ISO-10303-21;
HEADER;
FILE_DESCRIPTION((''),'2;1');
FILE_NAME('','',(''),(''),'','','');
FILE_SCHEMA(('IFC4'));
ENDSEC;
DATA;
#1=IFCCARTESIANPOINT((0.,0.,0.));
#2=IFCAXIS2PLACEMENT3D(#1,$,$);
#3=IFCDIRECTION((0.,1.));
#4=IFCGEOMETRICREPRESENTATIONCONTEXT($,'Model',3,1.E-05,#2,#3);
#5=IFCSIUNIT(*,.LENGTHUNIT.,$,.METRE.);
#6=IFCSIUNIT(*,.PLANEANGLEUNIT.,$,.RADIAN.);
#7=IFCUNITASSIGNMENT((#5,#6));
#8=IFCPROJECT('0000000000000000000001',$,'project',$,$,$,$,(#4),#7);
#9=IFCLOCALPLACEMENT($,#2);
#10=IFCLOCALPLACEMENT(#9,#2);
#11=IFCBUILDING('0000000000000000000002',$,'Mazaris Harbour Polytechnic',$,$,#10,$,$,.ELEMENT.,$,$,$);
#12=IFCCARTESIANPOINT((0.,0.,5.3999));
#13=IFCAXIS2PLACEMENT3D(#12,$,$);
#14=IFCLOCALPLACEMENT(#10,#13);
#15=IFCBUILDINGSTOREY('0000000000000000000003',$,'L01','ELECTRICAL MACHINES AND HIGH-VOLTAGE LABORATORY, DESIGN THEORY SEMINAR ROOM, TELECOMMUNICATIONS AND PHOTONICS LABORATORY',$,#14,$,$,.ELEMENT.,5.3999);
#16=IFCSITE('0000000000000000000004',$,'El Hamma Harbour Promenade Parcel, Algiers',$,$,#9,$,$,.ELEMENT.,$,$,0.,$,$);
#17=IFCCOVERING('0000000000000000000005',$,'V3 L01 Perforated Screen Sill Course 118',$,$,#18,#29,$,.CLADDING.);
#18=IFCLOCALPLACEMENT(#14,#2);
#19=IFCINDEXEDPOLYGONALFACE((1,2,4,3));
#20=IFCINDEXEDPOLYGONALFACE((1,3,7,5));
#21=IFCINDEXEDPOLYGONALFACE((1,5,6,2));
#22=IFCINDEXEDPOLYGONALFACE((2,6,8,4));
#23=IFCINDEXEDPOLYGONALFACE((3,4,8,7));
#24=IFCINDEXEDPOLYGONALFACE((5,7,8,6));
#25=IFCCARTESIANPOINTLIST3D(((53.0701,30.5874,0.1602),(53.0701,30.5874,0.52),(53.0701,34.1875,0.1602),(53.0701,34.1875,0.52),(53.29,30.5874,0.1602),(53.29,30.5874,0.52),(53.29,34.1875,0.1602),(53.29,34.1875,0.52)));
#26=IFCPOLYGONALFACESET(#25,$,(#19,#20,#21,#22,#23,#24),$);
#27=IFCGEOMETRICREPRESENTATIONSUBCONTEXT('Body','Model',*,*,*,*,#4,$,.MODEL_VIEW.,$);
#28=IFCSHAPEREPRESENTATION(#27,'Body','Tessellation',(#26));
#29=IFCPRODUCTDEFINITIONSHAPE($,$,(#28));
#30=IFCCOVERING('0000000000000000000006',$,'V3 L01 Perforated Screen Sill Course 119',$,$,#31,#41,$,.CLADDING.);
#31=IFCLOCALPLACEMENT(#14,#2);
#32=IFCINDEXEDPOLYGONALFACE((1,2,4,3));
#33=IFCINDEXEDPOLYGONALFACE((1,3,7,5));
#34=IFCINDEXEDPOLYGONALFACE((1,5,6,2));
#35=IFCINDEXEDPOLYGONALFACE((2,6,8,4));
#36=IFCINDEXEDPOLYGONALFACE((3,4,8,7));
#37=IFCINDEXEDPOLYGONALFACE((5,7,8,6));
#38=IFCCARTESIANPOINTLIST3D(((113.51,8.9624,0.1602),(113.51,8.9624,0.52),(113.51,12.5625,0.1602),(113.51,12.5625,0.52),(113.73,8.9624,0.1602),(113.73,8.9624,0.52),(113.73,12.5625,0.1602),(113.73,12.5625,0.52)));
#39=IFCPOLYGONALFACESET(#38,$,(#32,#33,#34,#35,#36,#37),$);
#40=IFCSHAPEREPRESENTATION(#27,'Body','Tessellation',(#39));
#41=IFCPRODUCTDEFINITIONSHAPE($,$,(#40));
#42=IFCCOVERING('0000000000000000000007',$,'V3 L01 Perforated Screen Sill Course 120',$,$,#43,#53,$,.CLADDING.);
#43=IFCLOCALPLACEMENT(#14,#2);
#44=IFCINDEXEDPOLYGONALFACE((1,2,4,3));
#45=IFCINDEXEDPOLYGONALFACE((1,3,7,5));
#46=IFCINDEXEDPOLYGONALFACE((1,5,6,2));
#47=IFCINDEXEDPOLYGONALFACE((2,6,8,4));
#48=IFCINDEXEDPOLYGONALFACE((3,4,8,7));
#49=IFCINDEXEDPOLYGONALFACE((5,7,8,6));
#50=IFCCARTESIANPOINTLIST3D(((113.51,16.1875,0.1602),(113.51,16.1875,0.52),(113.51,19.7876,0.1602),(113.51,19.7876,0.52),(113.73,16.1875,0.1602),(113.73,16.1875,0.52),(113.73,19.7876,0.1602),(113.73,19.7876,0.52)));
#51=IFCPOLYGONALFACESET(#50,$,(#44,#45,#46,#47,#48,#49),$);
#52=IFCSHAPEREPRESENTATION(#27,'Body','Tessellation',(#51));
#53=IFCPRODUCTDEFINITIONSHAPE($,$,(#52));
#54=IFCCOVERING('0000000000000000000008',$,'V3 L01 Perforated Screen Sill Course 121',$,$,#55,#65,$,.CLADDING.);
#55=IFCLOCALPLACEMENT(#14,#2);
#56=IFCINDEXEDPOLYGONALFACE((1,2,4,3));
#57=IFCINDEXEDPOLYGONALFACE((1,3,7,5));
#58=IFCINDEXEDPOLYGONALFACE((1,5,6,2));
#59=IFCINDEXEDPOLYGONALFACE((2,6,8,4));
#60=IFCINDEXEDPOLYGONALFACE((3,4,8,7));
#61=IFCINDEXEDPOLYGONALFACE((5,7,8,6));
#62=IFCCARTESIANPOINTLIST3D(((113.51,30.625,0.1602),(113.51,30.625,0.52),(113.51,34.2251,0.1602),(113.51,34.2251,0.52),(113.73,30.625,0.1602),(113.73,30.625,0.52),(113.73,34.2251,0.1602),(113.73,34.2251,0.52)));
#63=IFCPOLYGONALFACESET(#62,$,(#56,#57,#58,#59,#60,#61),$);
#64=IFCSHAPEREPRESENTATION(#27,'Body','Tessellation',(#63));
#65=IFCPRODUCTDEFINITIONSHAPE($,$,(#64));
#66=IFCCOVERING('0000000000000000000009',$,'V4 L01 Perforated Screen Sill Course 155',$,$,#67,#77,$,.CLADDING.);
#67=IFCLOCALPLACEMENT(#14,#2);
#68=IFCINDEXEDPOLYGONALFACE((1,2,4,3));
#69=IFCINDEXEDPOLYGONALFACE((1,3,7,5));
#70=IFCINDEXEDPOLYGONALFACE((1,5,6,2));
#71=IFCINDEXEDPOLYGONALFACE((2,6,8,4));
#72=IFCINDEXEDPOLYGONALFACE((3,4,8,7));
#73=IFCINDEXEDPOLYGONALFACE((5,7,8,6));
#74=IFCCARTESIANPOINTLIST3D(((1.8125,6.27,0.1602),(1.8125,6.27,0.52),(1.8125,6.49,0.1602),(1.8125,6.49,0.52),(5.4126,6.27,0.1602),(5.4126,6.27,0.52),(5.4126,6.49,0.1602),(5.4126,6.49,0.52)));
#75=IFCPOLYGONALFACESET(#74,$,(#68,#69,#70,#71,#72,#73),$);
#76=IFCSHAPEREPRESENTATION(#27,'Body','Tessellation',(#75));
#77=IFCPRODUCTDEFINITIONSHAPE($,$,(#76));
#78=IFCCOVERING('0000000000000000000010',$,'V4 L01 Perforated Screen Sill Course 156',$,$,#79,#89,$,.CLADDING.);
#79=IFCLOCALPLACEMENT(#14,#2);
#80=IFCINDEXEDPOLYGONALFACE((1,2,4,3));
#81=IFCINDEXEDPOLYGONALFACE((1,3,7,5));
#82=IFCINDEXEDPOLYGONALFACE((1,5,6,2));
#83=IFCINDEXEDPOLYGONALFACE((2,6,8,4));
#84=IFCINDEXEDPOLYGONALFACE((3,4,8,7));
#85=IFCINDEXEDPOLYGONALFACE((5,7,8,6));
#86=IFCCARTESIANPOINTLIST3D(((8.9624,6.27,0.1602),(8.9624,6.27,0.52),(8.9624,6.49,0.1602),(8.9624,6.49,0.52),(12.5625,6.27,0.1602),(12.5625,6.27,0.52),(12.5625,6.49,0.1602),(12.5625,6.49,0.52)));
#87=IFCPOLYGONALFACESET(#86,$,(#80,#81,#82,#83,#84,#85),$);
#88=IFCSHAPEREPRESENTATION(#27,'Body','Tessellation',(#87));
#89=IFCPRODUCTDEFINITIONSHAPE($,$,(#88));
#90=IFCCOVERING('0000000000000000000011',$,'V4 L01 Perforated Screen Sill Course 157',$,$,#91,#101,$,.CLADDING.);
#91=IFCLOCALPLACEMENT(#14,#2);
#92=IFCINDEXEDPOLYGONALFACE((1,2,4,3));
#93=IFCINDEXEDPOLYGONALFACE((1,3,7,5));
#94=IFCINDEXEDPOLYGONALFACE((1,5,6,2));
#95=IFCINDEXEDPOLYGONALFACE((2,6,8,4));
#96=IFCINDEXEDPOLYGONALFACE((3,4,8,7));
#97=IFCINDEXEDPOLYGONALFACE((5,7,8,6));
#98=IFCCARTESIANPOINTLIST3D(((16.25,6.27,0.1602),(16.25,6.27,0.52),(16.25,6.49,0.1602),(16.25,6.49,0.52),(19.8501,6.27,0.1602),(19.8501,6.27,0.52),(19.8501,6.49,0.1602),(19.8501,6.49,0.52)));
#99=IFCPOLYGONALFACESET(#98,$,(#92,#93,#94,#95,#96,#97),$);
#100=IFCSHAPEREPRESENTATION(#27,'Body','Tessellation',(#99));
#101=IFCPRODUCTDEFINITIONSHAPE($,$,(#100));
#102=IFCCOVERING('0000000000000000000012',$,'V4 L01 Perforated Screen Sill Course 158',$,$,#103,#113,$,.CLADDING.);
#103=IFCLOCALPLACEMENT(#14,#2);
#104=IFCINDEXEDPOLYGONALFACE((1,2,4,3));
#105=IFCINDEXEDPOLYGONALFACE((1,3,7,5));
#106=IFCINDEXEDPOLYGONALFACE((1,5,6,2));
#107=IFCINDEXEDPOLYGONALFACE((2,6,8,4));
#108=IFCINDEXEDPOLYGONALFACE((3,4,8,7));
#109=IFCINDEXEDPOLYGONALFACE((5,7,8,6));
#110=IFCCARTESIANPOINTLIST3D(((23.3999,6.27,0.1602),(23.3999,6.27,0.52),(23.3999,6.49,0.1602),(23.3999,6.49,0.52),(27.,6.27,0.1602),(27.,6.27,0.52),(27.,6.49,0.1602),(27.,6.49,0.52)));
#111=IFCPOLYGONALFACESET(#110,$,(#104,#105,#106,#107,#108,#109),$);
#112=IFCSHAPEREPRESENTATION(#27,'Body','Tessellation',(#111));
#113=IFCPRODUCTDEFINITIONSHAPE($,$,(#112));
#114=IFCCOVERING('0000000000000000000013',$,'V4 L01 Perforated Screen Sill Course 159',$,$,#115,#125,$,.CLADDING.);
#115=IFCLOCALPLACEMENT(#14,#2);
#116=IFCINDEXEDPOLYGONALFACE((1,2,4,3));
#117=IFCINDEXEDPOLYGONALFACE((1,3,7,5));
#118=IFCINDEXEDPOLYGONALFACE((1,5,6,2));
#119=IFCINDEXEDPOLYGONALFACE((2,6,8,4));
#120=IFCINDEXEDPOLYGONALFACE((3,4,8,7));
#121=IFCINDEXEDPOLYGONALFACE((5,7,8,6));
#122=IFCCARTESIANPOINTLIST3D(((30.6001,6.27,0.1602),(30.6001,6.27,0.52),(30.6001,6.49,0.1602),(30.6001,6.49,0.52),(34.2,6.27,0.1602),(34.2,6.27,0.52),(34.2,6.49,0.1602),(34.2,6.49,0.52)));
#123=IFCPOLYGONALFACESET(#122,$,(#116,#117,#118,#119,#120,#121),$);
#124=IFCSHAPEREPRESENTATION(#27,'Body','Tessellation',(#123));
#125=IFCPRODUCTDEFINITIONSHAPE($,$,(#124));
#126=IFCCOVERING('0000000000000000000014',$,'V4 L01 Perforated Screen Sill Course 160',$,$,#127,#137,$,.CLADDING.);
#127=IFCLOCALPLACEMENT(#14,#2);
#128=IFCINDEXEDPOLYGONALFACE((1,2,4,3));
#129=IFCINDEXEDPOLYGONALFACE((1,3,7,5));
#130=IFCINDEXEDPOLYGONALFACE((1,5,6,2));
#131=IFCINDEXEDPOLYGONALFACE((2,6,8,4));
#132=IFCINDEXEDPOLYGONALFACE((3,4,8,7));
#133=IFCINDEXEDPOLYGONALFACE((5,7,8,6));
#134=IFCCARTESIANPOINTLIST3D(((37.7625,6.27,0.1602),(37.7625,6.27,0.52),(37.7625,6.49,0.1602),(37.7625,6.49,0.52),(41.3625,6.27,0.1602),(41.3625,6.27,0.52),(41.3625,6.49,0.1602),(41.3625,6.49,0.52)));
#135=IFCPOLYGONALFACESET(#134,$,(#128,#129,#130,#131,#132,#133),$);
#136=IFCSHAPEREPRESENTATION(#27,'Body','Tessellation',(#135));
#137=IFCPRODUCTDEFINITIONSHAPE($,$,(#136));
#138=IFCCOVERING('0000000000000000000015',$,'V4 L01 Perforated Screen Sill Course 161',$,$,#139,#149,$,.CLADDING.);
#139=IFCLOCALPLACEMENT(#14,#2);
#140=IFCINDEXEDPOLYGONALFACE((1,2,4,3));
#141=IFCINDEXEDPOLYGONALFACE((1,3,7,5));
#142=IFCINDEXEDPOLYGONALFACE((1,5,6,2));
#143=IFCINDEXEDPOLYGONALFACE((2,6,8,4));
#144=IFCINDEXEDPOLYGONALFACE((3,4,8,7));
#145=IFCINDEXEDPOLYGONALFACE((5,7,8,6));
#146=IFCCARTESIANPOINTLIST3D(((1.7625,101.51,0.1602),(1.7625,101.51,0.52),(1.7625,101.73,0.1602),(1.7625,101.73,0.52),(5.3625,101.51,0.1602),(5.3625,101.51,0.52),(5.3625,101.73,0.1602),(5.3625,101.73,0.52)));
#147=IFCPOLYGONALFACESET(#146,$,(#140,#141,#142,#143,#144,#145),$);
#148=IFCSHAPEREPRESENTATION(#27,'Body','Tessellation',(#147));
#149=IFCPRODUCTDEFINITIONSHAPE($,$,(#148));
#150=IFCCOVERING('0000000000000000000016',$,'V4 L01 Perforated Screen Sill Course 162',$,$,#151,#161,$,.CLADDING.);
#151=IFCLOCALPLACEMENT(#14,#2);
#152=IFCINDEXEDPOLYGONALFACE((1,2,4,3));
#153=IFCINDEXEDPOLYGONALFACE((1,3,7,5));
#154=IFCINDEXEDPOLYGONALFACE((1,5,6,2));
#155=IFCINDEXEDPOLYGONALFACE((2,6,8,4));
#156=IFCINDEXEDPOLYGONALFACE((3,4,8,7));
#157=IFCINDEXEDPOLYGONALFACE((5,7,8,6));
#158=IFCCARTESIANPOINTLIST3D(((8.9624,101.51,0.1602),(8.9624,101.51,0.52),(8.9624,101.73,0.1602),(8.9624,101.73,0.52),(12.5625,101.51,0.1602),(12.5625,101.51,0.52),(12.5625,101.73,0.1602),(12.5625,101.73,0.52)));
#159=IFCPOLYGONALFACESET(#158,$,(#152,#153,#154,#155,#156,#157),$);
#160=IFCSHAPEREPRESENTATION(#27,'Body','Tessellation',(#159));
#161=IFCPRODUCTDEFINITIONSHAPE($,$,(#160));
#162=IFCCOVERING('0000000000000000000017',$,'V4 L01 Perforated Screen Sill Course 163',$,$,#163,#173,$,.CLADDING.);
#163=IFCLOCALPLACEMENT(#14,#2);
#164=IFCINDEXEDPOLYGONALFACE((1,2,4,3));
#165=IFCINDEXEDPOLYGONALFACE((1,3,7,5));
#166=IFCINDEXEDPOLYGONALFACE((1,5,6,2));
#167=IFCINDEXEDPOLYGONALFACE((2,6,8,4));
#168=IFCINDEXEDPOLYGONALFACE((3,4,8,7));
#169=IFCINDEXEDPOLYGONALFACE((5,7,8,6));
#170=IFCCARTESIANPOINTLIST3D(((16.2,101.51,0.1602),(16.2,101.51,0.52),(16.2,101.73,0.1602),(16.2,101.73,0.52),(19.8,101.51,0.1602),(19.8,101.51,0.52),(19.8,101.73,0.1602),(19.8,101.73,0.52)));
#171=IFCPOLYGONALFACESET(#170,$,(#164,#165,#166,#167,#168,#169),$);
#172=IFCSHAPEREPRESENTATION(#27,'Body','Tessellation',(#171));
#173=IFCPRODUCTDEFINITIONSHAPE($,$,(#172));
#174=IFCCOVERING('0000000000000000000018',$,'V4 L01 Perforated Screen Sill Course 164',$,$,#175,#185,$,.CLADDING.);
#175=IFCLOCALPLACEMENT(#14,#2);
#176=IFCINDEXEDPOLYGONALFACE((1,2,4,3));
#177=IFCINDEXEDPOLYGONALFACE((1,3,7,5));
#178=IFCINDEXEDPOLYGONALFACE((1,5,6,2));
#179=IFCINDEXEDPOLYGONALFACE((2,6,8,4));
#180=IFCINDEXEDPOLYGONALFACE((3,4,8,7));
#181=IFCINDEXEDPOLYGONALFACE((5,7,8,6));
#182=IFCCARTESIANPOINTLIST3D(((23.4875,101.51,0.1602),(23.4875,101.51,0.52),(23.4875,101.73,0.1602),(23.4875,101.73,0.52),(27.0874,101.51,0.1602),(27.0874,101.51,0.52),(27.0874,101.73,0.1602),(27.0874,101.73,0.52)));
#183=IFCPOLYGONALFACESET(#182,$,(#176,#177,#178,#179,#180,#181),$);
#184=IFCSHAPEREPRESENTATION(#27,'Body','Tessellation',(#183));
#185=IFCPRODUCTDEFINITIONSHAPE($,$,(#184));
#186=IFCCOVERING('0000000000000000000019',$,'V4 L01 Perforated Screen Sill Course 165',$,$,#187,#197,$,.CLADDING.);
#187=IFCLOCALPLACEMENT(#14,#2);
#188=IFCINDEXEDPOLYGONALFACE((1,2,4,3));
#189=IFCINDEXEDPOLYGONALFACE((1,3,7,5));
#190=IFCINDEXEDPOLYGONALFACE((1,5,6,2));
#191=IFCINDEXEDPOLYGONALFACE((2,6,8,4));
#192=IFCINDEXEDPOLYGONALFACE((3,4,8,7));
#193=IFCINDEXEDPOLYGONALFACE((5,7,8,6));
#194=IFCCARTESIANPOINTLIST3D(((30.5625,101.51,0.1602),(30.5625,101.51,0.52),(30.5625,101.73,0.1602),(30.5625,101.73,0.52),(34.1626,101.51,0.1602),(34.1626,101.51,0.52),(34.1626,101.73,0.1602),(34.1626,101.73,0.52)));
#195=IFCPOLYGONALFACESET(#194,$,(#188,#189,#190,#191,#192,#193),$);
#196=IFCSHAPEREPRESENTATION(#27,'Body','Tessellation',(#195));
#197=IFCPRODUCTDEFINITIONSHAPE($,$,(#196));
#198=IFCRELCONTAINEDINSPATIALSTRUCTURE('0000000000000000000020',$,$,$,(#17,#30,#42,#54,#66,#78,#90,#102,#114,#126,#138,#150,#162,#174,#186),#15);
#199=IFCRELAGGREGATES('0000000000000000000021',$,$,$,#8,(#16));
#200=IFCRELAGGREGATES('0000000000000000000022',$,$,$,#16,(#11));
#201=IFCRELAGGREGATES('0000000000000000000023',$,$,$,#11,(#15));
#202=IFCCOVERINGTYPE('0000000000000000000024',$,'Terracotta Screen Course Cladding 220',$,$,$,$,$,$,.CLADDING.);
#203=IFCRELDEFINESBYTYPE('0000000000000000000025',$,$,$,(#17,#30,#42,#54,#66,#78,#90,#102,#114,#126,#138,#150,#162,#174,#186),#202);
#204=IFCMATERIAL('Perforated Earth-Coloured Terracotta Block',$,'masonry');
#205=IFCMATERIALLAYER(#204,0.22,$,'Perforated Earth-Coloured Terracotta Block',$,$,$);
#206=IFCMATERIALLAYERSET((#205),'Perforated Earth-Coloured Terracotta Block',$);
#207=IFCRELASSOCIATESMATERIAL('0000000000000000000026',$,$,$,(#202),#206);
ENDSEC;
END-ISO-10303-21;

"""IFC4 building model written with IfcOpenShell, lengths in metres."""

from ifc_helpers import new_model, si_unit, direction, frame, origin, place, context, subcontext, project, spatial, polyline, outline, extrude, material, layer, layer_set, type_object, element, save


model = new_model("IFC4")

# Units and contexts
model_context = context("Model", 3, precision=1e-05, world=origin(), true_north=direction((0.0, 1.0)))
body_context = subcontext(model_context, "Body", "Model", "MODEL_VIEW")
ifc_project = project(units=[si_unit("LENGTHUNIT", "METRE"), si_unit("PLANEANGLEUNIT", "RADIAN")], contexts=[model_context])

# Site, building, storey
site_placement = place(None, origin())
site = spatial("IfcSite", under=ifc_project, at=site_placement, Name="El Hamma Harbour Promenade Parcel, Algiers", CompositionType="ELEMENT", RefElevation=0.0)
building_placement = place(site_placement, origin())
building = spatial("IfcBuilding", under=site, at=building_placement, Name="Mazaris Harbour Polytechnic", CompositionType="ELEMENT")
storey_placement = place(building_placement, frame((0.0, 0.0, 5.3999)))
storey = spatial("IfcBuildingStorey", under=building, at=storey_placement, Name="L01", Description="ELECTRICAL MACHINES AND HIGH-VOLTAGE LABORATORY, DESIGN THEORY SEMINAR ROOM, TELECOMMUNICATIONS AND PHOTONICS LABORATORY", CompositionType="ELEMENT", Elevation=5.3999)

# Coverings
ifc_material = material(Name="Perforated Earth-Coloured Terracotta Block", Category="masonry")
ifc_layer = layer(ifc_material, 0.22, Name="Perforated Earth-Coloured Terracotta Block")
ifc_layer_set = layer_set([ifc_layer], Name="Perforated Earth-Coloured Terracotta Block")
covering_type = type_object("IfcCoveringType", Name="Terracotta Screen Course Cladding 220", PredefinedType="CLADDING", material=ifc_layer_set)
covering_1_placement = place(storey_placement, frame((0.0, 0.0, 0.1602)))
element("IfcCovering", 1, at=covering_1_placement, inside=storey, type_object=covering_type, Name="V3 L01 Perforated Screen Sill Course 118", PredefinedType="CLADDING", context=body_context, shape_type="SweptSolid", body=[
    extrude(outline(polyline([(53.29, 30.5874), (53.29, 34.1875), (53.0701, 34.1875), (53.0701, 30.5874), (53.29, 30.5874)])), origin(), (0.0, 0.0, 1.0), 0.3599),
])
covering_2_placement = place(storey_placement, frame((0.0, 0.0, 0.1602)))
element("IfcCovering", 2, at=covering_2_placement, inside=storey, type_object=covering_type, Name="V3 L01 Perforated Screen Sill Course 119", PredefinedType="CLADDING", context=body_context, shape_type="SweptSolid", body=[
    extrude(outline(polyline([(113.51, 12.5625), (113.51, 8.9624), (113.73, 8.9624), (113.73, 12.5625), (113.51, 12.5625)])), origin(), (0.0, 0.0, 1.0), 0.3599),
])
covering_3_placement = place(storey_placement, frame((0.0, 0.0, 0.1602)))
element("IfcCovering", 3, at=covering_3_placement, inside=storey, type_object=covering_type, Name="V3 L01 Perforated Screen Sill Course 120", PredefinedType="CLADDING", context=body_context, shape_type="SweptSolid", body=[
    extrude(outline(polyline([(113.51, 19.7876), (113.51, 16.1875), (113.73, 16.1875), (113.73, 19.7876), (113.51, 19.7876)])), origin(), (0.0, 0.0, 1.0), 0.3599),
])
covering_4_placement = place(storey_placement, frame((0.0, 0.0, 0.1602)))
element("IfcCovering", 4, at=covering_4_placement, inside=storey, type_object=covering_type, Name="V3 L01 Perforated Screen Sill Course 121", PredefinedType="CLADDING", context=body_context, shape_type="SweptSolid", body=[
    extrude(outline(polyline([(113.51, 34.2251), (113.51, 30.625), (113.73, 30.625), (113.73, 34.2251), (113.51, 34.2251)])), origin(), (0.0, 0.0, 1.0), 0.3599),
])
covering_5_placement = place(storey_placement, frame((0.0, 0.0, 0.1602)))
element("IfcCovering", 5, at=covering_5_placement, inside=storey, type_object=covering_type, Name="V4 L01 Perforated Screen Sill Course 155", PredefinedType="CLADDING", context=body_context, shape_type="SweptSolid", body=[
    extrude(outline(polyline([(5.4126, 6.49), (1.8125, 6.49), (1.8125, 6.27), (5.4126, 6.27), (5.4126, 6.49)])), origin(), (0.0, 0.0, 1.0), 0.3599),
])
covering_6_placement = place(storey_placement, frame((0.0, 0.0, 0.1602)))
element("IfcCovering", 6, at=covering_6_placement, inside=storey, type_object=covering_type, Name="V4 L01 Perforated Screen Sill Course 156", PredefinedType="CLADDING", context=body_context, shape_type="SweptSolid", body=[
    extrude(outline(polyline([(12.5625, 6.49), (8.9624, 6.49), (8.9624, 6.27), (12.5625, 6.27), (12.5625, 6.49)])), origin(), (0.0, 0.0, 1.0), 0.3599),
])
covering_7_placement = place(storey_placement, frame((0.0, 0.0, 0.1602)))
element("IfcCovering", 7, at=covering_7_placement, inside=storey, type_object=covering_type, Name="V4 L01 Perforated Screen Sill Course 157", PredefinedType="CLADDING", context=body_context, shape_type="SweptSolid", body=[
    extrude(outline(polyline([(19.8501, 6.49), (16.25, 6.49), (16.25, 6.27), (19.8501, 6.27), (19.8501, 6.49)])), origin(), (0.0, 0.0, 1.0), 0.3599),
])
covering_8_placement = place(storey_placement, frame((0.0, 0.0, 0.1602)))
element("IfcCovering", 8, at=covering_8_placement, inside=storey, type_object=covering_type, Name="V4 L01 Perforated Screen Sill Course 158", PredefinedType="CLADDING", context=body_context, shape_type="SweptSolid", body=[
    extrude(outline(polyline([(27.0, 6.49), (23.3999, 6.49), (23.3999, 6.27), (27.0, 6.27), (27.0, 6.49)])), origin(), (0.0, 0.0, 1.0), 0.3599),
])
covering_9_placement = place(storey_placement, frame((0.0, 0.0, 0.1602)))
element("IfcCovering", 9, at=covering_9_placement, inside=storey, type_object=covering_type, Name="V4 L01 Perforated Screen Sill Course 159", PredefinedType="CLADDING", context=body_context, shape_type="SweptSolid", body=[
    extrude(outline(polyline([(34.2, 6.49), (30.6001, 6.49), (30.6001, 6.27), (34.2, 6.27), (34.2, 6.49)])), origin(), (0.0, 0.0, 1.0), 0.3599),
])
covering_10_placement = place(storey_placement, frame((0.0, 0.0, 0.1602)))
element("IfcCovering", 10, at=covering_10_placement, inside=storey, type_object=covering_type, Name="V4 L01 Perforated Screen Sill Course 160", PredefinedType="CLADDING", context=body_context, shape_type="SweptSolid", body=[
    extrude(outline(polyline([(41.3625, 6.49), (37.7625, 6.49), (37.7625, 6.27), (41.3625, 6.27), (41.3625, 6.49)])), origin(), (0.0, 0.0, 1.0), 0.3599),
])
covering_11_placement = place(storey_placement, frame((0.0, 0.0, 0.1602)))
element("IfcCovering", 11, at=covering_11_placement, inside=storey, type_object=covering_type, Name="V4 L01 Perforated Screen Sill Course 161", PredefinedType="CLADDING", context=body_context, shape_type="SweptSolid", body=[
    extrude(outline(polyline([(1.7625, 101.51), (5.3625, 101.51), (5.3625, 101.73), (1.7625, 101.73), (1.7625, 101.51)])), origin(), (0.0, 0.0, 1.0), 0.3599),
])
covering_12_placement = place(storey_placement, frame((0.0, 0.0, 0.1602)))
element("IfcCovering", 12, at=covering_12_placement, inside=storey, type_object=covering_type, Name="V4 L01 Perforated Screen Sill Course 162", PredefinedType="CLADDING", context=body_context, shape_type="SweptSolid", body=[
    extrude(outline(polyline([(8.9624, 101.51), (12.5625, 101.51), (12.5625, 101.73), (8.9624, 101.73), (8.9624, 101.51)])), origin(), (0.0, 0.0, 1.0), 0.3599),
])
covering_13_placement = place(storey_placement, frame((0.0, 0.0, 0.1602)))
element("IfcCovering", 13, at=covering_13_placement, inside=storey, type_object=covering_type, Name="V4 L01 Perforated Screen Sill Course 163", PredefinedType="CLADDING", context=body_context, shape_type="SweptSolid", body=[
    extrude(outline(polyline([(16.2, 101.51), (19.8, 101.51), (19.8, 101.73), (16.2, 101.73), (16.2, 101.51)])), origin(), (0.0, 0.0, 1.0), 0.3599),
])
covering_14_placement = place(storey_placement, frame((0.0, 0.0, 0.1602)))
element("IfcCovering", 14, at=covering_14_placement, inside=storey, type_object=covering_type, Name="V4 L01 Perforated Screen Sill Course 164", PredefinedType="CLADDING", context=body_context, shape_type="SweptSolid", body=[
    extrude(outline(polyline([(23.4875, 101.51), (27.0874, 101.51), (27.0874, 101.73), (23.4875, 101.73), (23.4875, 101.51)])), origin(), (0.0, 0.0, 1.0), 0.3599),
])
covering_15_placement = place(storey_placement, frame((0.0, 0.0, 0.1602)))
element("IfcCovering", 15, at=covering_15_placement, inside=storey, type_object=covering_type, Name="V4 L01 Perforated Screen Sill Course 165", PredefinedType="CLADDING", context=body_context, shape_type="SweptSolid", body=[
    extrude(outline(polyline([(30.5625, 101.51), (34.1626, 101.51), (34.1626, 101.73), (30.5625, 101.73), (30.5625, 101.51)])), origin(), (0.0, 0.0, 1.0), 0.3599),
])

save(model, "model.ifc")
